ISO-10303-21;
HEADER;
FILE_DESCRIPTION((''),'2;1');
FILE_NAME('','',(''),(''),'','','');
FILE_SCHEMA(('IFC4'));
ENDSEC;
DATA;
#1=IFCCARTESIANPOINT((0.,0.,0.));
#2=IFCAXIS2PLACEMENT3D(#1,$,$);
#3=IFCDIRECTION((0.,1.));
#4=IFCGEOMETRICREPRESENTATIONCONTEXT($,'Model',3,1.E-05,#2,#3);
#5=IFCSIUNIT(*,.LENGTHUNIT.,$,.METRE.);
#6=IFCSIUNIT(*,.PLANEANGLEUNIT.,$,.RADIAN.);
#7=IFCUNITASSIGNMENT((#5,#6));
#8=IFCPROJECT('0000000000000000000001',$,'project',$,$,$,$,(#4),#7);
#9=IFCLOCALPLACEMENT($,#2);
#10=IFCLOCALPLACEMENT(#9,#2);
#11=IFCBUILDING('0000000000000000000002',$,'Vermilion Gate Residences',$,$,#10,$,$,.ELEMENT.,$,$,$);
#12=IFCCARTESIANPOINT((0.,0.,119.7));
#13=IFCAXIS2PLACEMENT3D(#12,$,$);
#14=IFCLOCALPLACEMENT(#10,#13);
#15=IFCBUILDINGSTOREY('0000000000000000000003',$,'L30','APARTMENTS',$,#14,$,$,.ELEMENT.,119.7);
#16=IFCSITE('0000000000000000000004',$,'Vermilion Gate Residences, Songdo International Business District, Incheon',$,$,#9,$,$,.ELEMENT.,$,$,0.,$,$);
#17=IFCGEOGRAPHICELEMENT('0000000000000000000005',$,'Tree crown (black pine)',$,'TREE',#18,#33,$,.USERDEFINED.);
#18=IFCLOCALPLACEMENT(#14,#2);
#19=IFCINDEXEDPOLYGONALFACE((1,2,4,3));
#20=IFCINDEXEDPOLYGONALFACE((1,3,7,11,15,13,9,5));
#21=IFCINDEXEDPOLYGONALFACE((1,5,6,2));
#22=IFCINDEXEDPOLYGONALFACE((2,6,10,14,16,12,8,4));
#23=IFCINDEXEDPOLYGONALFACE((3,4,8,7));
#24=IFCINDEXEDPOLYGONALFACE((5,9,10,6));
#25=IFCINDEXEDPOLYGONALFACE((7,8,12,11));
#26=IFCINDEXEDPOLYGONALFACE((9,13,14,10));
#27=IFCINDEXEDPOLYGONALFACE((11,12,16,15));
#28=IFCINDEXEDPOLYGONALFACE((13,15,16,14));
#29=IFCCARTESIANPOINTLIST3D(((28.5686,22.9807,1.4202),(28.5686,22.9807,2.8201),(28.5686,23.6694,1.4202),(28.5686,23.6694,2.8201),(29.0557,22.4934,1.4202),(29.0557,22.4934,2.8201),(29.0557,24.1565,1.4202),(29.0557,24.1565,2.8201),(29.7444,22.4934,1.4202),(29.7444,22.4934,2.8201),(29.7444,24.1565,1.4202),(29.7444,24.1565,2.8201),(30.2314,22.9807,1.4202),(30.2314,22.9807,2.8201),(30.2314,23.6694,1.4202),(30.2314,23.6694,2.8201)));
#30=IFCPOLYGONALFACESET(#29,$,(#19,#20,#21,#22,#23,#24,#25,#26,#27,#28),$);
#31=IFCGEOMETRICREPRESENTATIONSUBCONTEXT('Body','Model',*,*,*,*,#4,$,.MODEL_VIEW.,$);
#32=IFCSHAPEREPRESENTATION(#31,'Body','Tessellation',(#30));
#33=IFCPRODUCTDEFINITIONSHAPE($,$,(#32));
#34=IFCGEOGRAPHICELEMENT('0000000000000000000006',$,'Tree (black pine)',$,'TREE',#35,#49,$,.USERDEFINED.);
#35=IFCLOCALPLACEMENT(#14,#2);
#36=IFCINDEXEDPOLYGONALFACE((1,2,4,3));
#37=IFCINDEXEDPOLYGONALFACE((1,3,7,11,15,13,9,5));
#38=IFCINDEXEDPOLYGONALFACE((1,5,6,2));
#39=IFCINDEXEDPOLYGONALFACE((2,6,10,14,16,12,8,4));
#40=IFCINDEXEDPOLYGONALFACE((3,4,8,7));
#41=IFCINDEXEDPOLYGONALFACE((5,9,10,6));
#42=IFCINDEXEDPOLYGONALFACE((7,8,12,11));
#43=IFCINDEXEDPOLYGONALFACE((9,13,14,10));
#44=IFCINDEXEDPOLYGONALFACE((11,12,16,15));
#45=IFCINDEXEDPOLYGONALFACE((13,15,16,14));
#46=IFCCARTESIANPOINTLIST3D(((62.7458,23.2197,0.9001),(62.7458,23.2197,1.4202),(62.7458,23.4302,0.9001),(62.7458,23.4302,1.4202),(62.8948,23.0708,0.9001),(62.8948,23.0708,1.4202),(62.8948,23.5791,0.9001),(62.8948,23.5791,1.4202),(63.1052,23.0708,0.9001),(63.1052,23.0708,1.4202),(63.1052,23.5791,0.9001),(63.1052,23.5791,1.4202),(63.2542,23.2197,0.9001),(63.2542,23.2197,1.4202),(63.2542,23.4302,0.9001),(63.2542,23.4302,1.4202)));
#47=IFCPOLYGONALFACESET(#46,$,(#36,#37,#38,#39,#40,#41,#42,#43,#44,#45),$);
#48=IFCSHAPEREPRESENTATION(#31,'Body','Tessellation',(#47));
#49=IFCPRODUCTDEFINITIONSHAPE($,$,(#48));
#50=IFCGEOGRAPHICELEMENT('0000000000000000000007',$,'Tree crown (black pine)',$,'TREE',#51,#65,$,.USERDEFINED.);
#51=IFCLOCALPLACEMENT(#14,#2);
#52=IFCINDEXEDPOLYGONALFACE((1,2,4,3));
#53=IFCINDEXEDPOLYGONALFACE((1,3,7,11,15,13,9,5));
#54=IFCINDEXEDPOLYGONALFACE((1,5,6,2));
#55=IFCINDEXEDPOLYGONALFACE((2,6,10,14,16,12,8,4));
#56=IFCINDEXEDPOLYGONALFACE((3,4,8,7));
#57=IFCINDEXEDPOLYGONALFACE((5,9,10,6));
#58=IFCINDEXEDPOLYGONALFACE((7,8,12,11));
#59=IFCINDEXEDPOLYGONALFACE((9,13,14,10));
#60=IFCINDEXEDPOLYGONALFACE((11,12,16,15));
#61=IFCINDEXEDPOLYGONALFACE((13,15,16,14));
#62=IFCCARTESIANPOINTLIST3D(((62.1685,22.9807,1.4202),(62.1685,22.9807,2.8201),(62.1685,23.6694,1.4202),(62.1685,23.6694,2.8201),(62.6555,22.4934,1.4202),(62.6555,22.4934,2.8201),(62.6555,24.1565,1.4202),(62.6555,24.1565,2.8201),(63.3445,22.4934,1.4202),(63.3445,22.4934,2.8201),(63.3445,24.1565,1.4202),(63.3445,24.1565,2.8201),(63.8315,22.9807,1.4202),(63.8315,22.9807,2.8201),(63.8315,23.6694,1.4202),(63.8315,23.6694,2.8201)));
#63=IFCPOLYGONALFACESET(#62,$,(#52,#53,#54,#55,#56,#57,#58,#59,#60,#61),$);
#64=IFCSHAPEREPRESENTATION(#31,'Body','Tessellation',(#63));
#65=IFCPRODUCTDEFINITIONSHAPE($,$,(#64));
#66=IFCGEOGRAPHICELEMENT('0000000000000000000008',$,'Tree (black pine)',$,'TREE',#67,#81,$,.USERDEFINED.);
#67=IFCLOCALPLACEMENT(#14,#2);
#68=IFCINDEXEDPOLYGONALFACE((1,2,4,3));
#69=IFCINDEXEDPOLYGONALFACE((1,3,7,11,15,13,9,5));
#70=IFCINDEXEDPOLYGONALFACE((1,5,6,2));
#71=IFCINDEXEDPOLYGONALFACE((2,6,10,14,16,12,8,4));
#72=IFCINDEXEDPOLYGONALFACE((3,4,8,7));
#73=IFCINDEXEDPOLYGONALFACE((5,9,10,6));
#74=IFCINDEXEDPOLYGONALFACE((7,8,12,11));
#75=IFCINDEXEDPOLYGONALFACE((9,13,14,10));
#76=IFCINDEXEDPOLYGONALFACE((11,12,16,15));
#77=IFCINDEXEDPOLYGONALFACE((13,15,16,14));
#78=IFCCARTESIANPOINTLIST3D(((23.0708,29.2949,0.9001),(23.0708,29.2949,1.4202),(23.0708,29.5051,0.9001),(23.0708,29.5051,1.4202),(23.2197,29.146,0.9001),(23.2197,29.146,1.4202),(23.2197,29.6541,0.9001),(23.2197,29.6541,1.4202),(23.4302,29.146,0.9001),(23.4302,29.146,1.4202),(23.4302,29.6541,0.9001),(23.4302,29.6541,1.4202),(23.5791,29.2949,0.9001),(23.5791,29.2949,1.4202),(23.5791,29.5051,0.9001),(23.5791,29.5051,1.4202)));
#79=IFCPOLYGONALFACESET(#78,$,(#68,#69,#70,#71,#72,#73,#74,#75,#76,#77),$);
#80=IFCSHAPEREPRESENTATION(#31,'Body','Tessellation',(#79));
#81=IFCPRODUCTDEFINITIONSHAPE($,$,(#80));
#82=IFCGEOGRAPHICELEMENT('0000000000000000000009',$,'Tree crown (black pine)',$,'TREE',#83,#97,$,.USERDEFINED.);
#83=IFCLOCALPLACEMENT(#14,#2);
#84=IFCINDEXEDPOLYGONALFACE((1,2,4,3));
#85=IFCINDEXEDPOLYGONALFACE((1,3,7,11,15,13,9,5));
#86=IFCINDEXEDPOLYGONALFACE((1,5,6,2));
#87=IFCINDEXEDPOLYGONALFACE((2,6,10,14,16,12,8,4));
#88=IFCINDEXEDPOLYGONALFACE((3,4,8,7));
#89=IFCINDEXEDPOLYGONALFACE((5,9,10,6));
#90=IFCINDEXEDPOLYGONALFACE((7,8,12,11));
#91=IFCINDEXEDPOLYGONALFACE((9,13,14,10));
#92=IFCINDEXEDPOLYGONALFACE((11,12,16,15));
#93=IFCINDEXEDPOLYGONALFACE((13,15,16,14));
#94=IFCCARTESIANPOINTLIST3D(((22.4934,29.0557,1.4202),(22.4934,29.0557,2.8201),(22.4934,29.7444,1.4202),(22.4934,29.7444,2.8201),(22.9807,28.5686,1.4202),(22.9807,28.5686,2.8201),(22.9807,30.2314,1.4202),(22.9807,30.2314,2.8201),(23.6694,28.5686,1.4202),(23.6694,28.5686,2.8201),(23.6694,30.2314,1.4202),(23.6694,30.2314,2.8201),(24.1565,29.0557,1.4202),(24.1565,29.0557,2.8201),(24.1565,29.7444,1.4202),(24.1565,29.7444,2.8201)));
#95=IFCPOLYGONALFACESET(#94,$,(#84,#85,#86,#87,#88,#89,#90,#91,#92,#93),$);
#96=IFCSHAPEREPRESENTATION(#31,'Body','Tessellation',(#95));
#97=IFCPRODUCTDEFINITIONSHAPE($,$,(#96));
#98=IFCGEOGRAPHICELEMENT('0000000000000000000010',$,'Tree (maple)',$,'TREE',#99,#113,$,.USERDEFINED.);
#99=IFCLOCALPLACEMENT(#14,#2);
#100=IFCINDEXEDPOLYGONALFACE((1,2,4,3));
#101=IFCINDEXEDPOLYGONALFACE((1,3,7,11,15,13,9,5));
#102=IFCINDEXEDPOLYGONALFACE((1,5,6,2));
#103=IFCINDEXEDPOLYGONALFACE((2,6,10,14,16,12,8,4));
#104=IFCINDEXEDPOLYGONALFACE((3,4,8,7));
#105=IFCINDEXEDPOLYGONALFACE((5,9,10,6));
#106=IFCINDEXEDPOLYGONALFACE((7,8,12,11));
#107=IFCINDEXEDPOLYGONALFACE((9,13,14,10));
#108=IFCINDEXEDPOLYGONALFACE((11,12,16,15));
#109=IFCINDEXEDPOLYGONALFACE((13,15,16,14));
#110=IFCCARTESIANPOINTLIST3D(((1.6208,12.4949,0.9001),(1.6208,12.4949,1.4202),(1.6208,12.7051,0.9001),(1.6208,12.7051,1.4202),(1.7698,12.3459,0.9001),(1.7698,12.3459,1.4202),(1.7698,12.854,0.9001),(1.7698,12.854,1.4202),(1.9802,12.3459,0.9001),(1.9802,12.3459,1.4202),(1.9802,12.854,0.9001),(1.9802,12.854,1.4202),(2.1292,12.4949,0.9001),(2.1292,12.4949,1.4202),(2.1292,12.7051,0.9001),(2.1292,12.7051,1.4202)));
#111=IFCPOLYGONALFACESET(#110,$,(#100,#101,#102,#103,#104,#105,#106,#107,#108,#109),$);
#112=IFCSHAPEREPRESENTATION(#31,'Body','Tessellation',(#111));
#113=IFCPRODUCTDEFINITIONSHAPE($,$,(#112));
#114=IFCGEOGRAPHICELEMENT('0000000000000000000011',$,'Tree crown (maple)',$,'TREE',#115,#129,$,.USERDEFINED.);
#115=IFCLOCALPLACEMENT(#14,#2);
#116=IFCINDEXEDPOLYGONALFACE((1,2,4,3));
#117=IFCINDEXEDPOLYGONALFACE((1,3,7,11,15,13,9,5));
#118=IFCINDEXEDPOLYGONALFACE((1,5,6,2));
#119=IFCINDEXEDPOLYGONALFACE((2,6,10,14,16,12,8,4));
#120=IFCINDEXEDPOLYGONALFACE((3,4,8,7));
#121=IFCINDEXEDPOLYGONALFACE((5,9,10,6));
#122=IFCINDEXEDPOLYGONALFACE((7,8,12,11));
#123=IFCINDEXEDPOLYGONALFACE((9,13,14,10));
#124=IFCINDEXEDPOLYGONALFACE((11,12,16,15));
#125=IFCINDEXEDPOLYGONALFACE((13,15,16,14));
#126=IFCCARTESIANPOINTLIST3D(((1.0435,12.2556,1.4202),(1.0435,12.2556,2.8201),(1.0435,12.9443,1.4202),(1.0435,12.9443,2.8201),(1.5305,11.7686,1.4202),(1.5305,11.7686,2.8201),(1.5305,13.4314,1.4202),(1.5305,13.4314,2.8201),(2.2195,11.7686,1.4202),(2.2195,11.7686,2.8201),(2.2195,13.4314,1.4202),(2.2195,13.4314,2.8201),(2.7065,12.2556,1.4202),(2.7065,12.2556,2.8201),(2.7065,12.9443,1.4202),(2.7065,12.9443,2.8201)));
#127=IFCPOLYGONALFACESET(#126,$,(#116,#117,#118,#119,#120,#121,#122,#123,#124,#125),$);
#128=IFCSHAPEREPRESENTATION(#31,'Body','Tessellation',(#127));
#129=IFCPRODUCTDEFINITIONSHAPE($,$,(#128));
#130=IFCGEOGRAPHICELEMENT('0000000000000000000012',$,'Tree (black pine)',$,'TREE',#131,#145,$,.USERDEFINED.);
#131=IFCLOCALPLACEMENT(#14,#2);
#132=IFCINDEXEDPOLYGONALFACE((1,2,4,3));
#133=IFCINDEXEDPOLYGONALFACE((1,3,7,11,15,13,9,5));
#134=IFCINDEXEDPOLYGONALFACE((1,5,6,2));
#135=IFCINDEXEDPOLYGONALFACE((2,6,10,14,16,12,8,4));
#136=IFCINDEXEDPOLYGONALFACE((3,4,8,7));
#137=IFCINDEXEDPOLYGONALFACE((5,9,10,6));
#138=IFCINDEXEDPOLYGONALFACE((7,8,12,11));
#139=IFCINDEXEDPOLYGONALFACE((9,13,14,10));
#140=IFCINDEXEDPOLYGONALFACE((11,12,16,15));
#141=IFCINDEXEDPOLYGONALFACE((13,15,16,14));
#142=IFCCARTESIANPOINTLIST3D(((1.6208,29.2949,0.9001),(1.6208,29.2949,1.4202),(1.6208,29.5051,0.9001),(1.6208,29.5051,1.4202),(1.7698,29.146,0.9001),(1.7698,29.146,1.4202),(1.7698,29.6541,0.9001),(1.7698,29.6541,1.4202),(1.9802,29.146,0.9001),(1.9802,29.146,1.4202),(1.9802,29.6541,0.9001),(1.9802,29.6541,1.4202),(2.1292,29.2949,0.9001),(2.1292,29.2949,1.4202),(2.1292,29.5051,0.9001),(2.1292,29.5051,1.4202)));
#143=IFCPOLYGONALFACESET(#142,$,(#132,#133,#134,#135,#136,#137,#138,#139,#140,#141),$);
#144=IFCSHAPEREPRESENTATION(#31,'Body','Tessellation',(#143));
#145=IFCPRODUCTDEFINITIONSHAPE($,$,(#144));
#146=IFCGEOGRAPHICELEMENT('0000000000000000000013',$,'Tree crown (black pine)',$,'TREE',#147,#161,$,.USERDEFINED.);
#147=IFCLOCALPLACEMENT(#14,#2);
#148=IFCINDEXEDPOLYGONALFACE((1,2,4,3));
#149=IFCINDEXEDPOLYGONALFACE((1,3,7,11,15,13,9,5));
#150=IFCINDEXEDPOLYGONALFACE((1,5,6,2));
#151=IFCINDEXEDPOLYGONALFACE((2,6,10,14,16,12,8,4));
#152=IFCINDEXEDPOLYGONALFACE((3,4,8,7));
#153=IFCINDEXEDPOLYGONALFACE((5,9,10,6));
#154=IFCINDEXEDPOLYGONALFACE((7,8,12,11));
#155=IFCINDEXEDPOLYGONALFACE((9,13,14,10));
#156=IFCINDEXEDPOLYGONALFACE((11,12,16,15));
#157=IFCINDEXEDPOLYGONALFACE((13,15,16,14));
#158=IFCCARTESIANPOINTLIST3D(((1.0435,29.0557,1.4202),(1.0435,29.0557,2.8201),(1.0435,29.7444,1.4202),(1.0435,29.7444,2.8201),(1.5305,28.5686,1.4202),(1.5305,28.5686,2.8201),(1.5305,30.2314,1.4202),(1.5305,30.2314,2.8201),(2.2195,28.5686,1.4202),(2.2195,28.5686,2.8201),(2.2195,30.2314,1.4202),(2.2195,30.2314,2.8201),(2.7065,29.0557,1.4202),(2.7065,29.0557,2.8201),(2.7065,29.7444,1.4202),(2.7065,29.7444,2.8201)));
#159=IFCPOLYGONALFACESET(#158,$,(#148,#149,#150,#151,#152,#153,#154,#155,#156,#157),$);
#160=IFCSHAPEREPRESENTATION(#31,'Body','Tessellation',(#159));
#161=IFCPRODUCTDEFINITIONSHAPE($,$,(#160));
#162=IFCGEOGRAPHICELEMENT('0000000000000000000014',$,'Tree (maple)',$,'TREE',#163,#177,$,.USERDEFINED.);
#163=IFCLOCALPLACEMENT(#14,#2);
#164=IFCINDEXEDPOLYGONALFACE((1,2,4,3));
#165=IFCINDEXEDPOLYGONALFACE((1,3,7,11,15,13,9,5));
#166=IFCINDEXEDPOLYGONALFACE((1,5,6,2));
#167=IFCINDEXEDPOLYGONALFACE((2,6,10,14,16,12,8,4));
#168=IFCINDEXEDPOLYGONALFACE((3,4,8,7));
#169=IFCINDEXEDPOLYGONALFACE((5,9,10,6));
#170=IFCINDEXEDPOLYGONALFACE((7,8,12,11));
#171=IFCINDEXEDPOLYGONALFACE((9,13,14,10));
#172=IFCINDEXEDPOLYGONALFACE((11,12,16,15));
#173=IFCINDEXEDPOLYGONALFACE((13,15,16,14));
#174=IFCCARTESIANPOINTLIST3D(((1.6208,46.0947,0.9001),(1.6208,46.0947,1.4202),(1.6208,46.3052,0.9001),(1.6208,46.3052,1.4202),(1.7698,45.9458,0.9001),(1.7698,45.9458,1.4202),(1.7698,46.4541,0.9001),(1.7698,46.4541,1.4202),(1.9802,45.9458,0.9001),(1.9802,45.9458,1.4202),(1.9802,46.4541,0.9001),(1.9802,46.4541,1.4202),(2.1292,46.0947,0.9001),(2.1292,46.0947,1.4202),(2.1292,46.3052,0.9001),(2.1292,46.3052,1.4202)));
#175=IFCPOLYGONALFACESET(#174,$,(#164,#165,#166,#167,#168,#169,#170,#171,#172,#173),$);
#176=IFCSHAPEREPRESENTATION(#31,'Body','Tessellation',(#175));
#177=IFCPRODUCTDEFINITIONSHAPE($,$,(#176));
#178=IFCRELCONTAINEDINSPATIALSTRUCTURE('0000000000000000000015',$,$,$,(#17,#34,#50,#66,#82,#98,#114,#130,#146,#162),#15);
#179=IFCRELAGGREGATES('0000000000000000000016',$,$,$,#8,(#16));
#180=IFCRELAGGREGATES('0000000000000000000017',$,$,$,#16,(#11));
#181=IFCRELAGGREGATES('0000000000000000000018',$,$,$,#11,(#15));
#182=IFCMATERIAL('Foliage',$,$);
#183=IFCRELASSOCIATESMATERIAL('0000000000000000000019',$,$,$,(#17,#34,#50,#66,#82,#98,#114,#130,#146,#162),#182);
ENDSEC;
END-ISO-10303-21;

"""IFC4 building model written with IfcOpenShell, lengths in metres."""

from ifc_helpers import new_model, si_unit, direction, frame, origin, place, context, subcontext, project, spatial, polyline, outline, extrude, material, element, save


model = new_model("IFC4")

# Units and contexts
model_context = context("Model", 3, precision=1e-05, world=origin(), true_north=direction((0.0, 1.0)))
body_context = subcontext(model_context, "Body", "Model", "MODEL_VIEW")
ifc_project = project(units=[si_unit("LENGTHUNIT", "METRE"), si_unit("PLANEANGLEUNIT", "RADIAN")], contexts=[model_context])

# Site, building, storey
site_placement = place(None, origin())
site = spatial("IfcSite", under=ifc_project, at=site_placement, Name="Vermilion Gate Residences, Songdo International Business District, Incheon", CompositionType="ELEMENT", RefElevation=0.0)
building_placement = place(site_placement, origin())
building = spatial("IfcBuilding", under=site, at=building_placement, Name="Vermilion Gate Residences", CompositionType="ELEMENT")
storey_placement = place(building_placement, frame((0.0, 0.0, 119.7)))
storey = spatial("IfcBuildingStorey", under=building, at=storey_placement, Name="L30", Description="APARTMENTS", CompositionType="ELEMENT", Elevation=119.7)

# Geographic elements
ifc_material_1 = material(Name="Foliage")
geographic_element_1_placement = place(storey_placement, frame((0.0, 0.0, 1.4202)))
element("IfcGeographicElement", 1, at=geographic_element_1_placement, inside=storey, material=ifc_material_1, Name="Tree crown (black pine)", ObjectType="TREE", PredefinedType="USERDEFINED", context=body_context, shape_type="SweptSolid", body=[
    extrude(outline(polyline([(30.2314, 23.6694), (29.7444, 24.1565), (29.0557, 24.1565), (28.5686, 23.6694), (28.5686, 22.9807), (29.0557, 22.4934), (29.7444, 22.4934), (30.2314, 22.9807), (30.2314, 23.6694)])), origin(), (0.0, 0.0, 1.0), 1.3999),
])
geographic_element_2_placement = place(storey_placement, frame((0.0, 0.0, 0.9001)))
element("IfcGeographicElement", 2, at=geographic_element_2_placement, inside=storey, material=ifc_material_1, Name="Tree (black pine)", ObjectType="TREE", PredefinedType="USERDEFINED", context=body_context, shape_type="SweptSolid", body=[
    extrude(outline(polyline([(63.2542, 23.4302), (63.1052, 23.5791), (62.8948, 23.5791), (62.7458, 23.4302), (62.7458, 23.2197), (62.8948, 23.0708), (63.1052, 23.0708), (63.2542, 23.2197), (63.2542, 23.4302)])), origin(), (0.0, 0.0, 1.0), 0.52),
])
geographic_element_3_placement = place(storey_placement, frame((0.0, 0.0, 1.4202)))
element("IfcGeographicElement", 3, at=geographic_element_3_placement, inside=storey, material=ifc_material_1, Name="Tree crown (black pine)", ObjectType="TREE", PredefinedType="USERDEFINED", context=body_context, shape_type="SweptSolid", body=[
    extrude(outline(polyline([(63.8315, 23.6694), (63.3445, 24.1565), (62.6555, 24.1565), (62.1685, 23.6694), (62.1685, 22.9807), (62.6555, 22.4934), (63.3445, 22.4934), (63.8315, 22.9807), (63.8315, 23.6694)])), origin(), (0.0, 0.0, 1.0), 1.3999),
])
geographic_element_4_placement = place(storey_placement, frame((0.0, 0.0, 0.9001)))
element("IfcGeographicElement", 4, at=geographic_element_4_placement, inside=storey, material=ifc_material_1, Name="Tree (black pine)", ObjectType="TREE", PredefinedType="USERDEFINED", context=body_context, shape_type="SweptSolid", body=[
    extrude(outline(polyline([(23.5791, 29.5051), (23.4302, 29.6541), (23.2197, 29.6541), (23.0708, 29.5051), (23.0708, 29.2949), (23.2197, 29.146), (23.4302, 29.146), (23.5791, 29.2949), (23.5791, 29.5051)])), origin(), (0.0, 0.0, 1.0), 0.52),
])
geographic_element_5_placement = place(storey_placement, frame((0.0, 0.0, 1.4202)))
element("IfcGeographicElement", 5, at=geographic_element_5_placement, inside=storey, material=ifc_material_1, Name="Tree crown (black pine)", ObjectType="TREE", PredefinedType="USERDEFINED", context=body_context, shape_type="SweptSolid", body=[
    extrude(outline(polyline([(24.1565, 29.7444), (23.6694, 30.2314), (22.9807, 30.2314), (22.4934, 29.7444), (22.4934, 29.0557), (22.9807, 28.5686), (23.6694, 28.5686), (24.1565, 29.0557), (24.1565, 29.7444)])), origin(), (0.0, 0.0, 1.0), 1.3999),
])
geographic_element_6_placement = place(storey_placement, frame((0.0, 0.0, 0.9001)))
element("IfcGeographicElement", 6, at=geographic_element_6_placement, inside=storey, material=ifc_material_1, Name="Tree (maple)", ObjectType="TREE", PredefinedType="USERDEFINED", context=body_context, shape_type="SweptSolid", body=[
    extrude(outline(polyline([(2.1292, 12.7051), (1.9802, 12.854), (1.7698, 12.854), (1.6208, 12.7051), (1.6208, 12.4949), (1.7698, 12.3459), (1.9802, 12.3459), (2.1292, 12.4949), (2.1292, 12.7051)])), origin(), (0.0, 0.0, 1.0), 0.52),
])
geographic_element_7_placement = place(storey_placement, frame((0.0, 0.0, 1.4202)))
element("IfcGeographicElement", 7, at=geographic_element_7_placement, inside=storey, material=ifc_material_1, Name="Tree crown (maple)", ObjectType="TREE", PredefinedType="USERDEFINED", context=body_context, shape_type="SweptSolid", body=[
    extrude(outline(polyline([(2.7065, 12.9443), (2.2195, 13.4314), (1.5305, 13.4314), (1.0435, 12.9443), (1.0435, 12.2556), (1.5305, 11.7686), (2.2195, 11.7686), (2.7065, 12.2556), (2.7065, 12.9443)])), origin(), (0.0, 0.0, 1.0), 1.3999),
])
geographic_element_8_placement = place(storey_placement, frame((0.0, 0.0, 0.9001)))
element("IfcGeographicElement", 8, at=geographic_element_8_placement, inside=storey, material=ifc_material_1, Name="Tree (black pine)", ObjectType="TREE", PredefinedType="USERDEFINED", context=body_context, shape_type="SweptSolid", body=[
    extrude(outline(polyline([(2.1292, 29.5051), (1.9802, 29.6541), (1.7698, 29.6541), (1.6208, 29.5051), (1.6208, 29.2949), (1.7698, 29.146), (1.9802, 29.146), (2.1292, 29.2949), (2.1292, 29.5051)])), origin(), (0.0, 0.0, 1.0), 0.52),
])
geographic_element_9_placement = place(storey_placement, frame((0.0, 0.0, 1.4202)))
element("IfcGeographicElement", 9, at=geographic_element_9_placement, inside=storey, material=ifc_material_1, Name="Tree crown (black pine)", ObjectType="TREE", PredefinedType="USERDEFINED", context=body_context, shape_type="SweptSolid", body=[
    extrude(outline(polyline([(2.7065, 29.7444), (2.2195, 30.2314), (1.5305, 30.2314), (1.0435, 29.7444), (1.0435, 29.0557), (1.5305, 28.5686), (2.2195, 28.5686), (2.7065, 29.0557), (2.7065, 29.7444)])), origin(), (0.0, 0.0, 1.0), 1.3999),
])
geographic_element_10_placement = place(storey_placement, frame((0.0, 0.0, 0.9001)))
element("IfcGeographicElement", 10, at=geographic_element_10_placement, inside=storey, material=ifc_material_1, Name="Tree (maple)", ObjectType="TREE", PredefinedType="USERDEFINED", context=body_context, shape_type="SweptSolid", body=[
    extrude(outline(polyline([(2.1292, 46.3052), (1.9802, 46.4541), (1.7698, 46.4541), (1.6208, 46.3052), (1.6208, 46.0947), (1.7698, 45.9458), (1.9802, 45.9458), (2.1292, 46.0947), (2.1292, 46.3052)])), origin(), (0.0, 0.0, 1.0), 0.52),
])

save(model, "model.ifc")
